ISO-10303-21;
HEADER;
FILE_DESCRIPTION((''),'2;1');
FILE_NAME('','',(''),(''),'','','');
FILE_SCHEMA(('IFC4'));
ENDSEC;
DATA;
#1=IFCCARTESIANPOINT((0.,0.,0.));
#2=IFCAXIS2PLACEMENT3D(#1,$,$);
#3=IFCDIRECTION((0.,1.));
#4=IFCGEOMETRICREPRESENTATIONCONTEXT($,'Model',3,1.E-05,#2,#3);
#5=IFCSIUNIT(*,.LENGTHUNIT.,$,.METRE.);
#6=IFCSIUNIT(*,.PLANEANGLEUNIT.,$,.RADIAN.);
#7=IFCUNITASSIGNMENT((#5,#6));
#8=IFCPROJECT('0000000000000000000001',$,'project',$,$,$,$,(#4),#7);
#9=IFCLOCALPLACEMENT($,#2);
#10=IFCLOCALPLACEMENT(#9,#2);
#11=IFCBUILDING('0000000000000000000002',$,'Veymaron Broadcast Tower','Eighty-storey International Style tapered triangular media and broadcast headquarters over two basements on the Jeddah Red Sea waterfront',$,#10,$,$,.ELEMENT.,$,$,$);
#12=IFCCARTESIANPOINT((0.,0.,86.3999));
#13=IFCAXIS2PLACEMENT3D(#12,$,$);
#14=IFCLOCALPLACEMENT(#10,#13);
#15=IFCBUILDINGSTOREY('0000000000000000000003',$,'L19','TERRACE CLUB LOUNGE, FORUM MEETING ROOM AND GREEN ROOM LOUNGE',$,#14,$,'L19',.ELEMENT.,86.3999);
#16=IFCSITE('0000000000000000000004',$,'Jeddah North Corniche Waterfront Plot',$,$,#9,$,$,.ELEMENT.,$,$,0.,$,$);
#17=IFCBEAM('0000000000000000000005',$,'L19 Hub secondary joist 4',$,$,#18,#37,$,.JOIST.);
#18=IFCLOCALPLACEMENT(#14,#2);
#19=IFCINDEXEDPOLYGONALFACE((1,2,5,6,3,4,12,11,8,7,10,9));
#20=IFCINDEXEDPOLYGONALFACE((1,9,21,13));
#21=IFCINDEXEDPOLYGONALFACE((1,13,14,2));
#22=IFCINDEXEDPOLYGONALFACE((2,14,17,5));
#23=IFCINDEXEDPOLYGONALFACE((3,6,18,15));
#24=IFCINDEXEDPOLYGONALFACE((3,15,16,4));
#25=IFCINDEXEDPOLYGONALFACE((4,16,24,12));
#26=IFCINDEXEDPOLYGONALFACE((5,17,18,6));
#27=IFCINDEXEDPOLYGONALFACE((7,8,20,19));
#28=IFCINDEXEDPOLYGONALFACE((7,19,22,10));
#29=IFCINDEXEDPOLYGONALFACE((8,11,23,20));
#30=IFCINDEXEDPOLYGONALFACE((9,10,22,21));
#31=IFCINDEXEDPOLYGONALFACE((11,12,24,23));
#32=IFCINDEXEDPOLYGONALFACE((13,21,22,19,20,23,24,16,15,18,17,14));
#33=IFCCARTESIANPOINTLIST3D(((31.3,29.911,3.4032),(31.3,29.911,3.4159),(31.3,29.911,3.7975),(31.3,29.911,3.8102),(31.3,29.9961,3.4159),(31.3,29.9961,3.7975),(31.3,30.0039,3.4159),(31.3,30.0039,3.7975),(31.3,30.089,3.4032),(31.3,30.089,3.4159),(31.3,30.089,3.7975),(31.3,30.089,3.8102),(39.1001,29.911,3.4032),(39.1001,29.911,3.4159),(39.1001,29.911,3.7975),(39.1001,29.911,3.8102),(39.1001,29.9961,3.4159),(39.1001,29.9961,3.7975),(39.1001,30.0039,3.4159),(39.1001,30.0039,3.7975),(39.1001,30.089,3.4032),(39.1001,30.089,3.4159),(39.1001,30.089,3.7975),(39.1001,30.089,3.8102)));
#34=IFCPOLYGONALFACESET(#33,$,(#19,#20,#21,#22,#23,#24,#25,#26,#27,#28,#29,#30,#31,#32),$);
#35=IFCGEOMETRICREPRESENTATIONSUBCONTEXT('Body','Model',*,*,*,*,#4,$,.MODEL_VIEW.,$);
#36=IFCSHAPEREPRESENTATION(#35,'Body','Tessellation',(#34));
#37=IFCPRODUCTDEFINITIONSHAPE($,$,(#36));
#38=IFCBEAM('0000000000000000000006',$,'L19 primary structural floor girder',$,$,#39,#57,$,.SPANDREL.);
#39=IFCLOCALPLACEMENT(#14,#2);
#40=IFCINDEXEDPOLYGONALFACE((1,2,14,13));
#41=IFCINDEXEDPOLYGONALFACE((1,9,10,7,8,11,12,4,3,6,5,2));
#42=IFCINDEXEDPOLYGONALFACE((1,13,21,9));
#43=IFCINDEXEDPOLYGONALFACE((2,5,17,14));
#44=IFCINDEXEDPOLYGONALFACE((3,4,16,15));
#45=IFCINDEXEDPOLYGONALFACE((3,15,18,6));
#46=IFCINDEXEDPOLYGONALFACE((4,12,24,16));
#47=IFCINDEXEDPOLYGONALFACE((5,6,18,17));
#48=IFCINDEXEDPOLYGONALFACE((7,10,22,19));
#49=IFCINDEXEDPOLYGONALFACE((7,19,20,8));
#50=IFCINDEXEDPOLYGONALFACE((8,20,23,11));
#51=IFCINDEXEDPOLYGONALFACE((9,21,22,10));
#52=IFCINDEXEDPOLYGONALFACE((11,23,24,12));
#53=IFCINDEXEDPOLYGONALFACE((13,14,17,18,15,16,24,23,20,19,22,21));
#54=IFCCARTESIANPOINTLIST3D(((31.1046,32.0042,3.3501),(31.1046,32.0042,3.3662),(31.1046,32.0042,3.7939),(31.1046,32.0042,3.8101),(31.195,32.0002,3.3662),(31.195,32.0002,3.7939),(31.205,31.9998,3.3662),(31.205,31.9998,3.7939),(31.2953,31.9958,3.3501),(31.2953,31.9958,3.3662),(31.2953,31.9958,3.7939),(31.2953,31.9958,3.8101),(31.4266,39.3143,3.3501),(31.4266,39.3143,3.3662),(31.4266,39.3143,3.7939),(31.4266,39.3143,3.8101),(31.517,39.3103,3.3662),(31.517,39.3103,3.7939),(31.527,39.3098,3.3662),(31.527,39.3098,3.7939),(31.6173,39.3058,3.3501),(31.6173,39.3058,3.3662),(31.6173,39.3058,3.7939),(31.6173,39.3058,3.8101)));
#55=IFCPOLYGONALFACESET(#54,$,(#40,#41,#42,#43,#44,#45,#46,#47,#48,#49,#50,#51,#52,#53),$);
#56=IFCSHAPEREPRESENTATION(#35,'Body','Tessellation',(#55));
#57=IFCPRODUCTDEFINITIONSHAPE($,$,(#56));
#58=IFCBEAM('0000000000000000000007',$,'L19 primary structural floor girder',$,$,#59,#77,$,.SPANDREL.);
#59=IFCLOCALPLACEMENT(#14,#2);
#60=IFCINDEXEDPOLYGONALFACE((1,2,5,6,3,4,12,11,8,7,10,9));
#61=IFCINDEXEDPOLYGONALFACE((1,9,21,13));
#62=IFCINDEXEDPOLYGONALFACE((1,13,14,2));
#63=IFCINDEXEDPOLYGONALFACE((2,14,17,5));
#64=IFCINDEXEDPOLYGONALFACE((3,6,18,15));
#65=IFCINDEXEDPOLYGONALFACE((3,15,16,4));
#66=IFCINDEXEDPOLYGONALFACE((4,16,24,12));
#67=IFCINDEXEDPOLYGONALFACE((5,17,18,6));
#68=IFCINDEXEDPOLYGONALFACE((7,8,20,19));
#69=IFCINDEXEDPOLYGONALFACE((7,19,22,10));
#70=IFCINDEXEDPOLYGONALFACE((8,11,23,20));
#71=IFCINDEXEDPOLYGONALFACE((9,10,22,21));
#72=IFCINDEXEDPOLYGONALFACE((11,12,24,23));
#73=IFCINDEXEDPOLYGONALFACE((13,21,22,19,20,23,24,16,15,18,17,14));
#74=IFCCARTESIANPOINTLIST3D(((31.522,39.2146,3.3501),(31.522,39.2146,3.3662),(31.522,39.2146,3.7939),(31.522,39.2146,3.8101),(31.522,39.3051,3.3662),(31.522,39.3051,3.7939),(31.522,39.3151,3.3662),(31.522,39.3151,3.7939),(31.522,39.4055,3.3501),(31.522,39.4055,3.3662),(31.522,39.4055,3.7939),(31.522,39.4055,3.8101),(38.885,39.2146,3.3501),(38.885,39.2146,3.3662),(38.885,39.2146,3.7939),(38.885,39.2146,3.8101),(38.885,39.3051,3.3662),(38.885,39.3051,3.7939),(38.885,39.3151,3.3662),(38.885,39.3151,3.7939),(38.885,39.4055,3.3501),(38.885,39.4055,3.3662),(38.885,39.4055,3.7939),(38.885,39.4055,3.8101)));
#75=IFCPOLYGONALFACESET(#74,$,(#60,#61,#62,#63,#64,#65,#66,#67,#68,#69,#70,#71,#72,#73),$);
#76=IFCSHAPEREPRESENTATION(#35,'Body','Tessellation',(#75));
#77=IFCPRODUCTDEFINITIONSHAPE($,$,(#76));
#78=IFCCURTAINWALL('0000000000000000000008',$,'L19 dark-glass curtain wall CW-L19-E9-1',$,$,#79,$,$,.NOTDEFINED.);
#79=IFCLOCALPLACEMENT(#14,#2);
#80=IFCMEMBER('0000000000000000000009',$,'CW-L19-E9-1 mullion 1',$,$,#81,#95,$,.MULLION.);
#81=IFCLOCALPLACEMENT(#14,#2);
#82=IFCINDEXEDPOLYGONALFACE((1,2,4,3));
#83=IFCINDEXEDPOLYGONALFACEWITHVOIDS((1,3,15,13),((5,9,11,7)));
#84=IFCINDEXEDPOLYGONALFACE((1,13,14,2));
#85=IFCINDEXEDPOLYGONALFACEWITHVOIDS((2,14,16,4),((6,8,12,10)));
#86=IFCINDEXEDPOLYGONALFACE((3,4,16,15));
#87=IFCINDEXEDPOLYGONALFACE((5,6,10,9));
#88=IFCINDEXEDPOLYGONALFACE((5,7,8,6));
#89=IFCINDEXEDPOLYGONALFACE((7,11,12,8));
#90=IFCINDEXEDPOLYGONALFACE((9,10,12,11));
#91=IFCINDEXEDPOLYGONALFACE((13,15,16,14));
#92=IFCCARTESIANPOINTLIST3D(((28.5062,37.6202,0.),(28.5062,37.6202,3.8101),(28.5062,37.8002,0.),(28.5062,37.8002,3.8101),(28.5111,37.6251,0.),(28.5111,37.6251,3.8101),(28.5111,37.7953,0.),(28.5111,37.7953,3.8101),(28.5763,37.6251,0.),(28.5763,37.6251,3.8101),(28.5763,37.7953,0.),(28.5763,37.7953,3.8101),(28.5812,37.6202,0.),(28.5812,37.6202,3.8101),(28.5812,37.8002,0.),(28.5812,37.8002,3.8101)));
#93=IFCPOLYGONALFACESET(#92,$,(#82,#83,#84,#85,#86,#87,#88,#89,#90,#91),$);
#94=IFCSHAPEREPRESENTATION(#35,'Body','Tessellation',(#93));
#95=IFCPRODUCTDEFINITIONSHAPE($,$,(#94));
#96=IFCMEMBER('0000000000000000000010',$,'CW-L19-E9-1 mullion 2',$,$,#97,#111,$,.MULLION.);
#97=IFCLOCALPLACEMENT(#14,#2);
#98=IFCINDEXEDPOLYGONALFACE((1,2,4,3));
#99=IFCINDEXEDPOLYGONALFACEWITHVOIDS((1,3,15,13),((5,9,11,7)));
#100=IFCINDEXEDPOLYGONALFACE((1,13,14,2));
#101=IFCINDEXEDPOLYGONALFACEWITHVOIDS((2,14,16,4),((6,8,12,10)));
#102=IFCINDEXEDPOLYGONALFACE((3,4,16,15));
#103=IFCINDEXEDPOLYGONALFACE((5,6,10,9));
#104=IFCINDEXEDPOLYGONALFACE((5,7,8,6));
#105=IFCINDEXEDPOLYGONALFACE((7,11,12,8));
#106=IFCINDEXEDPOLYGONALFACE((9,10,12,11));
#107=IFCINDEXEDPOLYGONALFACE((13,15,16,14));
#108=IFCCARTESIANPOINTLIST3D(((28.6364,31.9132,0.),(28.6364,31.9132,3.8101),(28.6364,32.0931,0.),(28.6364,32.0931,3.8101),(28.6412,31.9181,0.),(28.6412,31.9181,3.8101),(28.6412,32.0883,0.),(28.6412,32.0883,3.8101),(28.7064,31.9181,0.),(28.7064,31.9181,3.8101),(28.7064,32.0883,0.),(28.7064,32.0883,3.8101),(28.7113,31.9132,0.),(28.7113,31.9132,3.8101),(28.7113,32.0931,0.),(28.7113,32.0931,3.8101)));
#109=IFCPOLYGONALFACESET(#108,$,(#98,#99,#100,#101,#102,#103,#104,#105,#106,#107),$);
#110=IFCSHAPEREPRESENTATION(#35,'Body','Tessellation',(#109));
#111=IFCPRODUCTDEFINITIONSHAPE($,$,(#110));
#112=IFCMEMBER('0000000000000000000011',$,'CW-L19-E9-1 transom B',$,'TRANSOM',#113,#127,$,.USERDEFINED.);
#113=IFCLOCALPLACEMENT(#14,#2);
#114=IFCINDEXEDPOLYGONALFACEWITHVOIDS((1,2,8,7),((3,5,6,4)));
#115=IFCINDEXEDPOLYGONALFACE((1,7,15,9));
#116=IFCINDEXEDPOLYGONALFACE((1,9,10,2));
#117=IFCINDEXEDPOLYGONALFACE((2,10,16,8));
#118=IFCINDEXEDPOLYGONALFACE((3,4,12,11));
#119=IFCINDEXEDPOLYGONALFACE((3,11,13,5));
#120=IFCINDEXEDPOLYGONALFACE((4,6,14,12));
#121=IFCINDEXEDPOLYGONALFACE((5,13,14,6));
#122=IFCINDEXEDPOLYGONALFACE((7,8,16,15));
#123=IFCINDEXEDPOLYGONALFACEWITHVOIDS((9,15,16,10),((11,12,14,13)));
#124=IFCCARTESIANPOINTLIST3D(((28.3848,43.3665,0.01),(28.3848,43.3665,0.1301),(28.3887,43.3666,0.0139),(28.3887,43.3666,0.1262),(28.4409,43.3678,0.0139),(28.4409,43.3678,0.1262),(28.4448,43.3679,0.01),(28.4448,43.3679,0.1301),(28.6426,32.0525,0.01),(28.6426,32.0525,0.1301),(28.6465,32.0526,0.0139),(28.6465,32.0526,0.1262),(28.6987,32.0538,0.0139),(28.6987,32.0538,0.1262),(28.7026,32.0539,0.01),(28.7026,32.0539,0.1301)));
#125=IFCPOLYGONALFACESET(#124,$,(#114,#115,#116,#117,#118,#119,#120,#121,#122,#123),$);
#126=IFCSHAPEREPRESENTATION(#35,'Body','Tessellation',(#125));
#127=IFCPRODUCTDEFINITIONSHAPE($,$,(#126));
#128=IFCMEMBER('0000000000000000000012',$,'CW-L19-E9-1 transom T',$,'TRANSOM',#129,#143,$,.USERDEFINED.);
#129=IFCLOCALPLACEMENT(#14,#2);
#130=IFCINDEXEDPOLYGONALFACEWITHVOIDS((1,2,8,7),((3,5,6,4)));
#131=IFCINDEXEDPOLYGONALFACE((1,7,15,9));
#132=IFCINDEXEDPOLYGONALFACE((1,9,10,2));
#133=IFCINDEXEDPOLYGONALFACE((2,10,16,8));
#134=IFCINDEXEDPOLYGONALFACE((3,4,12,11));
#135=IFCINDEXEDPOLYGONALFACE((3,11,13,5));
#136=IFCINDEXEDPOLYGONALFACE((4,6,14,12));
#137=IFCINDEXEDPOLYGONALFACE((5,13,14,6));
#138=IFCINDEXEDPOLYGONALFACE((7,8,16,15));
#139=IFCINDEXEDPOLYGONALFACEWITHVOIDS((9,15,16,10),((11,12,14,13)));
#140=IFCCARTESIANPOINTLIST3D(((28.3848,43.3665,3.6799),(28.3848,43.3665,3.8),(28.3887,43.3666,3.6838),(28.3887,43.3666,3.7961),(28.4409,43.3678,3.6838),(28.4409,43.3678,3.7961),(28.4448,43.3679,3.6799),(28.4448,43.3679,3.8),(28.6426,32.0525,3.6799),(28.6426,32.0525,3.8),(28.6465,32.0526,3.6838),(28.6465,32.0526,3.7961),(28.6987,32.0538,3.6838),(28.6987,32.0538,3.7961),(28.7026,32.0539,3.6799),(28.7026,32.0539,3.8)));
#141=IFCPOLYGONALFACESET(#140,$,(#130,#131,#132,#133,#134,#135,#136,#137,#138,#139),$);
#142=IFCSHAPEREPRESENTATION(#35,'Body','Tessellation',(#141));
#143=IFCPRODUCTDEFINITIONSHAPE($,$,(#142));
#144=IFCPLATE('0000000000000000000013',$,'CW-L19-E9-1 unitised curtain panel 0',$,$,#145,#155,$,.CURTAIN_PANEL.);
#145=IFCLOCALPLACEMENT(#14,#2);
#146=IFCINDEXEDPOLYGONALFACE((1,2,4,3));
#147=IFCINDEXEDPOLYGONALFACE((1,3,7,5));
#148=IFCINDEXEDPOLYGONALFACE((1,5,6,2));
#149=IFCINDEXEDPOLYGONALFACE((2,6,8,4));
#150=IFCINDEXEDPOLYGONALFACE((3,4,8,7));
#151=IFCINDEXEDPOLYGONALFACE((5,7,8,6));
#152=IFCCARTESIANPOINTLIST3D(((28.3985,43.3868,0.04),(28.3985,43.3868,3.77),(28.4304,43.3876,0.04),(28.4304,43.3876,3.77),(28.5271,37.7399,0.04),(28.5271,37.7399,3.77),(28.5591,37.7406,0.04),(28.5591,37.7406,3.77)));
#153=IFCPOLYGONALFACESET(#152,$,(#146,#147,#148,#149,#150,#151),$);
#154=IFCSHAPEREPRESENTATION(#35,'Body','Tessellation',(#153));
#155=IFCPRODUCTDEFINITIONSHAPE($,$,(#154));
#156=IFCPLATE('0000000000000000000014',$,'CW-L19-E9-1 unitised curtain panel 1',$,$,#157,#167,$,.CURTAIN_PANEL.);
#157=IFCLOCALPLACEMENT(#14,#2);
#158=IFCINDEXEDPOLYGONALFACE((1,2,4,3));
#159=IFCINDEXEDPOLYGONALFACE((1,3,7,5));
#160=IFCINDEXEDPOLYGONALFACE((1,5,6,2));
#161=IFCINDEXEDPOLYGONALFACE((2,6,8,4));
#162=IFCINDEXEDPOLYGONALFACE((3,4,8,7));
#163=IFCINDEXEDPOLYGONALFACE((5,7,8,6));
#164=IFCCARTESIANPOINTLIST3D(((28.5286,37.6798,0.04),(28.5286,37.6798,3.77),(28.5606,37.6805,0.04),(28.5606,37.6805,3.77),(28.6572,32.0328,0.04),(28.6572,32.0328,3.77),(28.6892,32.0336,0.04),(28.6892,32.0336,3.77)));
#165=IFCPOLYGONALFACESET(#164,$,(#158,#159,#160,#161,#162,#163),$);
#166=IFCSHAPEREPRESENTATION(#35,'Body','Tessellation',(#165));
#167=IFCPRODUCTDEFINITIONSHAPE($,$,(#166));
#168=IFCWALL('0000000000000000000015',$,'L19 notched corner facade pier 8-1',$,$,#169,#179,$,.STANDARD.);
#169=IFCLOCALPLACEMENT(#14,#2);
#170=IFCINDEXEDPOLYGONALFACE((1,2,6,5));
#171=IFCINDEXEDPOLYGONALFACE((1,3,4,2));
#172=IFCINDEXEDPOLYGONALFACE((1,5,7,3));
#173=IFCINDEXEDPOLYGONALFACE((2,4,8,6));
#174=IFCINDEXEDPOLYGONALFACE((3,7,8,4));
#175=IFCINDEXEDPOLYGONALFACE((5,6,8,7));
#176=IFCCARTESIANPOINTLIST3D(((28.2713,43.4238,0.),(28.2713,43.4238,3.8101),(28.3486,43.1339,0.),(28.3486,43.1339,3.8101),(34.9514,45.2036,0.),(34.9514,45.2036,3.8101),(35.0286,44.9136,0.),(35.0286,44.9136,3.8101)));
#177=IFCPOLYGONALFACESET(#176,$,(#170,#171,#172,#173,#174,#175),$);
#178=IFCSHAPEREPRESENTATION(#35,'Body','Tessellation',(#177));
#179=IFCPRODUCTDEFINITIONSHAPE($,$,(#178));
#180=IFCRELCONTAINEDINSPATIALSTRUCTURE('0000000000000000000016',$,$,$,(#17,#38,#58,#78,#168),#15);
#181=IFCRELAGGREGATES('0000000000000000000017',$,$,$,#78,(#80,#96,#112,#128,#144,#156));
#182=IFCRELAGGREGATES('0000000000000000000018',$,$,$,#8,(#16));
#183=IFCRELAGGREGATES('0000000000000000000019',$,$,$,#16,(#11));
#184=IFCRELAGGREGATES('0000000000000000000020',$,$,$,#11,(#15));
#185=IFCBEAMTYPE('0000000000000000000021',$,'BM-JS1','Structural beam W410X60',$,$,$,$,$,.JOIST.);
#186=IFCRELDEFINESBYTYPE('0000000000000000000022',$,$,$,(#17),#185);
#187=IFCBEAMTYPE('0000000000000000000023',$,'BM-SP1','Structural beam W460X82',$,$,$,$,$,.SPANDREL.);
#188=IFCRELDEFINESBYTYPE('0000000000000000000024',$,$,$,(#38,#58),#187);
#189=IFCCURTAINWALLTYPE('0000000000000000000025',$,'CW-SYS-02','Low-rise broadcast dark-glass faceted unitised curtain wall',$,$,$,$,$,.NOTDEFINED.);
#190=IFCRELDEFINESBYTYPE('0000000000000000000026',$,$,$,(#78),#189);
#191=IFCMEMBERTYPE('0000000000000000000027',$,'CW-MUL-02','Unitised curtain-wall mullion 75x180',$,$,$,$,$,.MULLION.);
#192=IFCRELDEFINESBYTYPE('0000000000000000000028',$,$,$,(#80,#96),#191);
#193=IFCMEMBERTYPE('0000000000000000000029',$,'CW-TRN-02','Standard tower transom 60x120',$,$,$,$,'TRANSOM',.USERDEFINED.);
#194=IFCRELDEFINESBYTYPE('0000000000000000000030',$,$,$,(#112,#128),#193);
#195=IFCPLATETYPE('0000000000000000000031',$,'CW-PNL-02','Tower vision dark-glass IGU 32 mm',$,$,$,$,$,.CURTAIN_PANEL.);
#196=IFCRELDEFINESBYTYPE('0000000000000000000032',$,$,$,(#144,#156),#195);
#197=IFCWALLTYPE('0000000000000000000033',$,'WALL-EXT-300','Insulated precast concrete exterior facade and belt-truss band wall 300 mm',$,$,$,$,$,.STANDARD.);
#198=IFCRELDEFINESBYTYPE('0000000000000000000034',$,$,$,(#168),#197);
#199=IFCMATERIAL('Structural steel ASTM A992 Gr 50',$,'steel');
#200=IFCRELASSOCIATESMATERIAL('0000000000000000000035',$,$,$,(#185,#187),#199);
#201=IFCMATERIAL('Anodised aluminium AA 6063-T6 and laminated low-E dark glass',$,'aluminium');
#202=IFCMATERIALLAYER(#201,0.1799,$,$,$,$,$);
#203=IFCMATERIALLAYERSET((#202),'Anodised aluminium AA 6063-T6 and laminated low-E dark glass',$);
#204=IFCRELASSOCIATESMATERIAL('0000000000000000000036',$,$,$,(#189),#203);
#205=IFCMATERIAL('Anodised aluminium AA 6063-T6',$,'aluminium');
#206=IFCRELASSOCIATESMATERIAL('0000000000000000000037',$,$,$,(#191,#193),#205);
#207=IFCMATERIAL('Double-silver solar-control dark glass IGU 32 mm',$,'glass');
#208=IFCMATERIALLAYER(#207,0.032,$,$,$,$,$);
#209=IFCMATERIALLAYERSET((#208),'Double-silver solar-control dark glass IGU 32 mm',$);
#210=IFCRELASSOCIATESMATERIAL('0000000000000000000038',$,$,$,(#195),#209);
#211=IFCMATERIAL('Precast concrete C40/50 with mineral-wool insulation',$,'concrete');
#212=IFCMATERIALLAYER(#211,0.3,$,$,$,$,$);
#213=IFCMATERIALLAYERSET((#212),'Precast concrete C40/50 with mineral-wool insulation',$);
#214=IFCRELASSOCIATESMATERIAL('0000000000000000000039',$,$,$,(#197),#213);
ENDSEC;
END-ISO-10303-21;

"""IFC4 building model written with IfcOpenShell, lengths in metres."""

from ifc_helpers import new_model, si_unit, direction, frame, frame_2d, origin, origin_2d, place, context, subcontext, project, spatial, rectangle, hollow_rectangle, i_section, extrude, material, layer, layer_set, material_profile, profile_set, type_object, element, aggregate, save


model = new_model("IFC4")

# Units and contexts
model_context = context("Model", 3, precision=1e-05, world=origin(), true_north=direction((0.0, 1.0)))
body_context = subcontext(model_context, "Body", "Model", "MODEL_VIEW")
ifc_project = project(units=[si_unit("LENGTHUNIT", "METRE"), si_unit("PLANEANGLEUNIT", "RADIAN")], contexts=[model_context])

# Site, building, storey
site_placement = place(None, origin())
site = spatial("IfcSite", under=ifc_project, at=site_placement, Name="Jeddah North Corniche Waterfront Plot", CompositionType="ELEMENT", RefElevation=0.0)
building_placement = place(site_placement, origin())
building = spatial("IfcBuilding", under=site, at=building_placement, Name="Veymaron Broadcast Tower", Description="Eighty-storey International Style tapered triangular media and broadcast headquarters over two basements on the Jeddah Red Sea waterfront", CompositionType="ELEMENT")
storey_placement = place(building_placement, frame((0.0, 0.0, 86.3999)))
storey = spatial("IfcBuildingStorey", under=building, at=storey_placement, Name="L19", Description="TERRACE CLUB LOUNGE, FORUM MEETING ROOM AND GREEN ROOM LOUNGE", LongName="L19", CompositionType="ELEMENT", Elevation=86.3999)

# Beams
ifc_material_1 = material(Name="Structural steel ASTM A992 Gr 50", Category="steel")
ifc_material_profile_1 = material_profile(ifc_material_1, i_section(OverallWidth=0.178, OverallDepth=0.407, WebThickness=0.0078, FlangeThickness=0.0127, at=origin_2d()), Name="W410X60")
ifc_profile_set_1 = profile_set([ifc_material_profile_1], Name="Structural steel ASTM A992 Gr 50")
beam_type_1 = type_object("IfcBeamType", Name="BM-JS1", Description="Structural beam W410X60", PredefinedType="JOIST", material=ifc_profile_set_1)
for number, where, z_axis, x_axis, name in (
    (1, (31.3, 30.0, 3.6067), (1.0, 0.0, 0.0), (0.0, 1.0, 0.0), "L19 Hub secondary joist 4"),
):
    element("IfcBeam", number, at=place(storey_placement, frame(where, z_axis=z_axis, x_axis=x_axis)), inside=storey, type_object=beam_type_1, Name=name, PredefinedType="JOIST", context=body_context, shape_type="SweptSolid", body=[
        extrude(i_section(OverallWidth=0.178, OverallDepth=0.407, WebThickness=0.0078, FlangeThickness=0.0127, at=origin_2d()), origin(), (0.0, 0.0, 1.0), 7.8),
    ])
ifc_material_profile_2 = material_profile(ifc_material_1, i_section(OverallWidth=0.1909, OverallDepth=0.46, WebThickness=0.01, FlangeThickness=0.0161, at=origin_2d()), Name="W460X82")
ifc_profile_set_2 = profile_set([ifc_material_profile_2], Name="Structural steel ASTM A992 Gr 50")
beam_type_2 = type_object("IfcBeamType", Name="BM-SP1", Description="Structural beam W460X82", PredefinedType="SPANDREL", material=ifc_profile_set_2)
beam_1_placement = place(storey_placement, frame((31.2, 32.0, 3.5801), z_axis=(0.044009, 0.999031, 0.0), x_axis=(-0.999031, 0.044009, 0.0)))
element("IfcBeam", 2, at=beam_1_placement, inside=storey, type_object=beam_type_2, Name="L19 primary structural floor girder", PredefinedType="SPANDREL", context=body_context, shape_type="SweptSolid", body=[
    extrude(i_section(OverallWidth=0.1909, OverallDepth=0.46, WebThickness=0.01, FlangeThickness=0.0161, at=origin_2d()), origin(), (0.0, 0.0, 1.0), 7.3171),
])
beam_2_placement = place(storey_placement, frame((31.522, 39.3101, 3.5801), z_axis=(1.0, 0.0, 0.0), x_axis=(0.0, 1.0, 0.0)))
element("IfcBeam", 3, at=beam_2_placement, inside=storey, type_object=beam_type_2, Name="L19 primary structural floor girder", PredefinedType="SPANDREL", context=body_context, shape_type="SweptSolid", body=[
    extrude(i_section(OverallWidth=0.1909, OverallDepth=0.46, WebThickness=0.01, FlangeThickness=0.0161, at=origin_2d()), origin(), (0.0, 0.0, 1.0), 7.363),
])

# Curtain wall, members, plates
ifc_material_2 = material(Name="Anodised aluminium AA 6063-T6 and laminated low-E dark glass", Category="aluminium")
ifc_layer_1 = layer(ifc_material_2, 0.1799)
ifc_layer_set_1 = layer_set([ifc_layer_1], Name="Anodised aluminium AA 6063-T6 and laminated low-E dark glass")
curtain_wall_type = type_object("IfcCurtainWallType", Name="CW-SYS-02", Description="Low-rise broadcast dark-glass faceted unitised curtain wall", PredefinedType="NOTDEFINED", material=ifc_layer_set_1)
curtain_wall_placement = place(storey_placement, origin())
curtain_wall = element("IfcCurtainWall", 4, at=curtain_wall_placement, inside=storey, type_object=curtain_wall_type, Name="L19 dark-glass curtain wall CW-L19-E9-1", PredefinedType="NOTDEFINED")
ifc_material_3 = material(Name="Anodised aluminium AA 6063-T6", Category="aluminium")
ifc_material_profile_3 = material_profile(ifc_material_3, hollow_rectangle(XDim=0.075, YDim=0.1799, WallThickness=0.0049, at=origin_2d()), Name="AL180X75X5")
ifc_profile_set_3 = profile_set([ifc_material_profile_3], Name="Anodised aluminium AA 6063-T6")
member_type_1 = type_object("IfcMemberType", Name="CW-MUL-02", Description="Unitised curtain-wall mullion 75x180", PredefinedType="MULLION", material=ifc_profile_set_3)
member_1_placement = place(storey_placement, frame((28.5437, 37.7102, 0.0), z_axis=(0.0, 0.0, 1.0), x_axis=(1.0, 0.0, 0.0)))
member_1 = element("IfcMember", 5, at=member_1_placement, type_object=member_type_1, Name="CW-L19-E9-1 mullion 1", PredefinedType="MULLION", context=body_context, shape_type="SweptSolid", body=[
    extrude(hollow_rectangle(XDim=0.075, YDim=0.1799, WallThickness=0.0049, at=origin_2d()), origin(), (0.0, 0.0, 1.0), 3.8101),
])
member_2_placement = place(storey_placement, frame((28.6738, 32.0032, 0.0), z_axis=(0.0, 0.0, 1.0), x_axis=(1.0, 0.0, 0.0)))
member_2 = element("IfcMember", 6, at=member_2_placement, type_object=member_type_1, Name="CW-L19-E9-1 mullion 2", PredefinedType="MULLION", context=body_context, shape_type="SweptSolid", body=[
    extrude(hollow_rectangle(XDim=0.075, YDim=0.1799, WallThickness=0.0049, at=origin_2d()), origin(), (0.0, 0.0, 1.0), 3.8101),
])
ifc_material_profile_4 = material_profile(ifc_material_3, hollow_rectangle(XDim=0.0601, YDim=0.1201, WallThickness=0.0039, at=origin_2d()), Name="AL120X60X4")
ifc_profile_set_4 = profile_set([ifc_material_profile_4], Name="Anodised aluminium AA 6063-T6")
member_type_2 = type_object("IfcMemberType", Name="CW-TRN-02", Description="Standard tower transom 60x120", ElementType="TRANSOM", PredefinedType="USERDEFINED", material=ifc_profile_set_4)
member_3_placement = place(storey_placement, frame((28.4148, 43.3672, 0.0701), z_axis=(0.022781, -0.99974, 0.0), x_axis=(0.99974, 0.022781, 0.0)))
member_3 = element("IfcMember", 7, at=member_3_placement, type_object=member_type_2, Name="CW-L19-E9-1 transom B", ObjectType="TRANSOM", PredefinedType="USERDEFINED", context=body_context, shape_type="SweptSolid", body=[
    extrude(hollow_rectangle(XDim=0.0601, YDim=0.1201, WallThickness=0.0039, at=origin_2d()), origin(), (0.0, 0.0, 1.0), 11.3169),
])
member_4_placement = place(storey_placement, frame((28.4148, 43.3672, 3.74), z_axis=(0.022781, -0.99974, 0.0), x_axis=(0.99974, 0.022781, 0.0)))
member_4 = element("IfcMember", 8, at=member_4_placement, type_object=member_type_2, Name="CW-L19-E9-1 transom T", ObjectType="TRANSOM", PredefinedType="USERDEFINED", context=body_context, shape_type="SweptSolid", body=[
    extrude(hollow_rectangle(XDim=0.0601, YDim=0.1201, WallThickness=0.0039, at=origin_2d()), origin(), (0.0, 0.0, 1.0), 11.3169),
])
ifc_material_4 = material(Name="Double-silver solar-control dark glass IGU 32 mm", Category="glass")
ifc_layer_2 = layer(ifc_material_4, 0.032)
ifc_layer_set_2 = layer_set([ifc_layer_2], Name="Double-silver solar-control dark glass IGU 32 mm")
plate_type = type_object("IfcPlateType", Name="CW-PNL-02", Description="Tower vision dark-glass IGU 32 mm", PredefinedType="CURTAIN_PANEL", material=ifc_layer_set_2)
plate_1_placement = place(storey_placement, frame((28.4788, 40.5637, 0.04), z_axis=(0.0, 0.0, 1.0), x_axis=(0.022775, -0.999741, 0.0)))
plate_1 = element("IfcPlate", 9, at=plate_1_placement, type_object=plate_type, Name="CW-L19-E9-1 unitised curtain panel 0", PredefinedType="CURTAIN_PANEL", context=body_context, shape_type="SweptSolid", body=[
    extrude(rectangle(XDim=5.6484, YDim=0.032, at=origin_2d()), origin(), (0.0, 0.0, 1.0), 3.73),
])
plate_2_placement = place(storey_placement, frame((28.6089, 34.8567, 0.04), z_axis=(0.0, 0.0, 1.0), x_axis=(0.022775, -0.999741, 0.0)))
plate_2 = element("IfcPlate", 10, at=plate_2_placement, type_object=plate_type, Name="CW-L19-E9-1 unitised curtain panel 1", PredefinedType="CURTAIN_PANEL", context=body_context, shape_type="SweptSolid", body=[
    extrude(rectangle(XDim=5.6484, YDim=0.032, at=origin_2d()), origin(), (0.0, 0.0, 1.0), 3.73),
])
aggregate(curtain_wall, [member_1, member_2, member_3, member_4, plate_1, plate_2])

# Wall
ifc_material_5 = material(Name="Precast concrete C40/50 with mineral-wool insulation", Category="concrete")
ifc_layer_3 = layer(ifc_material_5, 0.3)
ifc_layer_set_3 = layer_set([ifc_layer_3], Name="Precast concrete C40/50 with mineral-wool insulation")
wall_type_1 = type_object("IfcWallType", Name="WALL-EXT-300", Description="Insulated precast concrete exterior facade and belt-truss band wall 300 mm", PredefinedType="STANDARD", material=ifc_layer_set_3)
wall_1_placement = place(storey_placement, frame((34.99, 45.0586, 0.0), z_axis=(0.0, 0.0, 1.0), x_axis=(-0.966292, -0.257447, 0.0)))
element("IfcWall", 11, at=wall_1_placement, inside=storey, type_object=wall_type_1, Name="L19 notched corner facade pier 8-1", PredefinedType="STANDARD", context=body_context, shape_type="SweptSolid", body=[
    extrude(rectangle(XDim=6.9131, YDim=0.3, at=frame_2d((3.4565, 0.0))), origin(), (0.0, 0.0, 1.0), 3.8101),
])

save(model, "model.ifc")
